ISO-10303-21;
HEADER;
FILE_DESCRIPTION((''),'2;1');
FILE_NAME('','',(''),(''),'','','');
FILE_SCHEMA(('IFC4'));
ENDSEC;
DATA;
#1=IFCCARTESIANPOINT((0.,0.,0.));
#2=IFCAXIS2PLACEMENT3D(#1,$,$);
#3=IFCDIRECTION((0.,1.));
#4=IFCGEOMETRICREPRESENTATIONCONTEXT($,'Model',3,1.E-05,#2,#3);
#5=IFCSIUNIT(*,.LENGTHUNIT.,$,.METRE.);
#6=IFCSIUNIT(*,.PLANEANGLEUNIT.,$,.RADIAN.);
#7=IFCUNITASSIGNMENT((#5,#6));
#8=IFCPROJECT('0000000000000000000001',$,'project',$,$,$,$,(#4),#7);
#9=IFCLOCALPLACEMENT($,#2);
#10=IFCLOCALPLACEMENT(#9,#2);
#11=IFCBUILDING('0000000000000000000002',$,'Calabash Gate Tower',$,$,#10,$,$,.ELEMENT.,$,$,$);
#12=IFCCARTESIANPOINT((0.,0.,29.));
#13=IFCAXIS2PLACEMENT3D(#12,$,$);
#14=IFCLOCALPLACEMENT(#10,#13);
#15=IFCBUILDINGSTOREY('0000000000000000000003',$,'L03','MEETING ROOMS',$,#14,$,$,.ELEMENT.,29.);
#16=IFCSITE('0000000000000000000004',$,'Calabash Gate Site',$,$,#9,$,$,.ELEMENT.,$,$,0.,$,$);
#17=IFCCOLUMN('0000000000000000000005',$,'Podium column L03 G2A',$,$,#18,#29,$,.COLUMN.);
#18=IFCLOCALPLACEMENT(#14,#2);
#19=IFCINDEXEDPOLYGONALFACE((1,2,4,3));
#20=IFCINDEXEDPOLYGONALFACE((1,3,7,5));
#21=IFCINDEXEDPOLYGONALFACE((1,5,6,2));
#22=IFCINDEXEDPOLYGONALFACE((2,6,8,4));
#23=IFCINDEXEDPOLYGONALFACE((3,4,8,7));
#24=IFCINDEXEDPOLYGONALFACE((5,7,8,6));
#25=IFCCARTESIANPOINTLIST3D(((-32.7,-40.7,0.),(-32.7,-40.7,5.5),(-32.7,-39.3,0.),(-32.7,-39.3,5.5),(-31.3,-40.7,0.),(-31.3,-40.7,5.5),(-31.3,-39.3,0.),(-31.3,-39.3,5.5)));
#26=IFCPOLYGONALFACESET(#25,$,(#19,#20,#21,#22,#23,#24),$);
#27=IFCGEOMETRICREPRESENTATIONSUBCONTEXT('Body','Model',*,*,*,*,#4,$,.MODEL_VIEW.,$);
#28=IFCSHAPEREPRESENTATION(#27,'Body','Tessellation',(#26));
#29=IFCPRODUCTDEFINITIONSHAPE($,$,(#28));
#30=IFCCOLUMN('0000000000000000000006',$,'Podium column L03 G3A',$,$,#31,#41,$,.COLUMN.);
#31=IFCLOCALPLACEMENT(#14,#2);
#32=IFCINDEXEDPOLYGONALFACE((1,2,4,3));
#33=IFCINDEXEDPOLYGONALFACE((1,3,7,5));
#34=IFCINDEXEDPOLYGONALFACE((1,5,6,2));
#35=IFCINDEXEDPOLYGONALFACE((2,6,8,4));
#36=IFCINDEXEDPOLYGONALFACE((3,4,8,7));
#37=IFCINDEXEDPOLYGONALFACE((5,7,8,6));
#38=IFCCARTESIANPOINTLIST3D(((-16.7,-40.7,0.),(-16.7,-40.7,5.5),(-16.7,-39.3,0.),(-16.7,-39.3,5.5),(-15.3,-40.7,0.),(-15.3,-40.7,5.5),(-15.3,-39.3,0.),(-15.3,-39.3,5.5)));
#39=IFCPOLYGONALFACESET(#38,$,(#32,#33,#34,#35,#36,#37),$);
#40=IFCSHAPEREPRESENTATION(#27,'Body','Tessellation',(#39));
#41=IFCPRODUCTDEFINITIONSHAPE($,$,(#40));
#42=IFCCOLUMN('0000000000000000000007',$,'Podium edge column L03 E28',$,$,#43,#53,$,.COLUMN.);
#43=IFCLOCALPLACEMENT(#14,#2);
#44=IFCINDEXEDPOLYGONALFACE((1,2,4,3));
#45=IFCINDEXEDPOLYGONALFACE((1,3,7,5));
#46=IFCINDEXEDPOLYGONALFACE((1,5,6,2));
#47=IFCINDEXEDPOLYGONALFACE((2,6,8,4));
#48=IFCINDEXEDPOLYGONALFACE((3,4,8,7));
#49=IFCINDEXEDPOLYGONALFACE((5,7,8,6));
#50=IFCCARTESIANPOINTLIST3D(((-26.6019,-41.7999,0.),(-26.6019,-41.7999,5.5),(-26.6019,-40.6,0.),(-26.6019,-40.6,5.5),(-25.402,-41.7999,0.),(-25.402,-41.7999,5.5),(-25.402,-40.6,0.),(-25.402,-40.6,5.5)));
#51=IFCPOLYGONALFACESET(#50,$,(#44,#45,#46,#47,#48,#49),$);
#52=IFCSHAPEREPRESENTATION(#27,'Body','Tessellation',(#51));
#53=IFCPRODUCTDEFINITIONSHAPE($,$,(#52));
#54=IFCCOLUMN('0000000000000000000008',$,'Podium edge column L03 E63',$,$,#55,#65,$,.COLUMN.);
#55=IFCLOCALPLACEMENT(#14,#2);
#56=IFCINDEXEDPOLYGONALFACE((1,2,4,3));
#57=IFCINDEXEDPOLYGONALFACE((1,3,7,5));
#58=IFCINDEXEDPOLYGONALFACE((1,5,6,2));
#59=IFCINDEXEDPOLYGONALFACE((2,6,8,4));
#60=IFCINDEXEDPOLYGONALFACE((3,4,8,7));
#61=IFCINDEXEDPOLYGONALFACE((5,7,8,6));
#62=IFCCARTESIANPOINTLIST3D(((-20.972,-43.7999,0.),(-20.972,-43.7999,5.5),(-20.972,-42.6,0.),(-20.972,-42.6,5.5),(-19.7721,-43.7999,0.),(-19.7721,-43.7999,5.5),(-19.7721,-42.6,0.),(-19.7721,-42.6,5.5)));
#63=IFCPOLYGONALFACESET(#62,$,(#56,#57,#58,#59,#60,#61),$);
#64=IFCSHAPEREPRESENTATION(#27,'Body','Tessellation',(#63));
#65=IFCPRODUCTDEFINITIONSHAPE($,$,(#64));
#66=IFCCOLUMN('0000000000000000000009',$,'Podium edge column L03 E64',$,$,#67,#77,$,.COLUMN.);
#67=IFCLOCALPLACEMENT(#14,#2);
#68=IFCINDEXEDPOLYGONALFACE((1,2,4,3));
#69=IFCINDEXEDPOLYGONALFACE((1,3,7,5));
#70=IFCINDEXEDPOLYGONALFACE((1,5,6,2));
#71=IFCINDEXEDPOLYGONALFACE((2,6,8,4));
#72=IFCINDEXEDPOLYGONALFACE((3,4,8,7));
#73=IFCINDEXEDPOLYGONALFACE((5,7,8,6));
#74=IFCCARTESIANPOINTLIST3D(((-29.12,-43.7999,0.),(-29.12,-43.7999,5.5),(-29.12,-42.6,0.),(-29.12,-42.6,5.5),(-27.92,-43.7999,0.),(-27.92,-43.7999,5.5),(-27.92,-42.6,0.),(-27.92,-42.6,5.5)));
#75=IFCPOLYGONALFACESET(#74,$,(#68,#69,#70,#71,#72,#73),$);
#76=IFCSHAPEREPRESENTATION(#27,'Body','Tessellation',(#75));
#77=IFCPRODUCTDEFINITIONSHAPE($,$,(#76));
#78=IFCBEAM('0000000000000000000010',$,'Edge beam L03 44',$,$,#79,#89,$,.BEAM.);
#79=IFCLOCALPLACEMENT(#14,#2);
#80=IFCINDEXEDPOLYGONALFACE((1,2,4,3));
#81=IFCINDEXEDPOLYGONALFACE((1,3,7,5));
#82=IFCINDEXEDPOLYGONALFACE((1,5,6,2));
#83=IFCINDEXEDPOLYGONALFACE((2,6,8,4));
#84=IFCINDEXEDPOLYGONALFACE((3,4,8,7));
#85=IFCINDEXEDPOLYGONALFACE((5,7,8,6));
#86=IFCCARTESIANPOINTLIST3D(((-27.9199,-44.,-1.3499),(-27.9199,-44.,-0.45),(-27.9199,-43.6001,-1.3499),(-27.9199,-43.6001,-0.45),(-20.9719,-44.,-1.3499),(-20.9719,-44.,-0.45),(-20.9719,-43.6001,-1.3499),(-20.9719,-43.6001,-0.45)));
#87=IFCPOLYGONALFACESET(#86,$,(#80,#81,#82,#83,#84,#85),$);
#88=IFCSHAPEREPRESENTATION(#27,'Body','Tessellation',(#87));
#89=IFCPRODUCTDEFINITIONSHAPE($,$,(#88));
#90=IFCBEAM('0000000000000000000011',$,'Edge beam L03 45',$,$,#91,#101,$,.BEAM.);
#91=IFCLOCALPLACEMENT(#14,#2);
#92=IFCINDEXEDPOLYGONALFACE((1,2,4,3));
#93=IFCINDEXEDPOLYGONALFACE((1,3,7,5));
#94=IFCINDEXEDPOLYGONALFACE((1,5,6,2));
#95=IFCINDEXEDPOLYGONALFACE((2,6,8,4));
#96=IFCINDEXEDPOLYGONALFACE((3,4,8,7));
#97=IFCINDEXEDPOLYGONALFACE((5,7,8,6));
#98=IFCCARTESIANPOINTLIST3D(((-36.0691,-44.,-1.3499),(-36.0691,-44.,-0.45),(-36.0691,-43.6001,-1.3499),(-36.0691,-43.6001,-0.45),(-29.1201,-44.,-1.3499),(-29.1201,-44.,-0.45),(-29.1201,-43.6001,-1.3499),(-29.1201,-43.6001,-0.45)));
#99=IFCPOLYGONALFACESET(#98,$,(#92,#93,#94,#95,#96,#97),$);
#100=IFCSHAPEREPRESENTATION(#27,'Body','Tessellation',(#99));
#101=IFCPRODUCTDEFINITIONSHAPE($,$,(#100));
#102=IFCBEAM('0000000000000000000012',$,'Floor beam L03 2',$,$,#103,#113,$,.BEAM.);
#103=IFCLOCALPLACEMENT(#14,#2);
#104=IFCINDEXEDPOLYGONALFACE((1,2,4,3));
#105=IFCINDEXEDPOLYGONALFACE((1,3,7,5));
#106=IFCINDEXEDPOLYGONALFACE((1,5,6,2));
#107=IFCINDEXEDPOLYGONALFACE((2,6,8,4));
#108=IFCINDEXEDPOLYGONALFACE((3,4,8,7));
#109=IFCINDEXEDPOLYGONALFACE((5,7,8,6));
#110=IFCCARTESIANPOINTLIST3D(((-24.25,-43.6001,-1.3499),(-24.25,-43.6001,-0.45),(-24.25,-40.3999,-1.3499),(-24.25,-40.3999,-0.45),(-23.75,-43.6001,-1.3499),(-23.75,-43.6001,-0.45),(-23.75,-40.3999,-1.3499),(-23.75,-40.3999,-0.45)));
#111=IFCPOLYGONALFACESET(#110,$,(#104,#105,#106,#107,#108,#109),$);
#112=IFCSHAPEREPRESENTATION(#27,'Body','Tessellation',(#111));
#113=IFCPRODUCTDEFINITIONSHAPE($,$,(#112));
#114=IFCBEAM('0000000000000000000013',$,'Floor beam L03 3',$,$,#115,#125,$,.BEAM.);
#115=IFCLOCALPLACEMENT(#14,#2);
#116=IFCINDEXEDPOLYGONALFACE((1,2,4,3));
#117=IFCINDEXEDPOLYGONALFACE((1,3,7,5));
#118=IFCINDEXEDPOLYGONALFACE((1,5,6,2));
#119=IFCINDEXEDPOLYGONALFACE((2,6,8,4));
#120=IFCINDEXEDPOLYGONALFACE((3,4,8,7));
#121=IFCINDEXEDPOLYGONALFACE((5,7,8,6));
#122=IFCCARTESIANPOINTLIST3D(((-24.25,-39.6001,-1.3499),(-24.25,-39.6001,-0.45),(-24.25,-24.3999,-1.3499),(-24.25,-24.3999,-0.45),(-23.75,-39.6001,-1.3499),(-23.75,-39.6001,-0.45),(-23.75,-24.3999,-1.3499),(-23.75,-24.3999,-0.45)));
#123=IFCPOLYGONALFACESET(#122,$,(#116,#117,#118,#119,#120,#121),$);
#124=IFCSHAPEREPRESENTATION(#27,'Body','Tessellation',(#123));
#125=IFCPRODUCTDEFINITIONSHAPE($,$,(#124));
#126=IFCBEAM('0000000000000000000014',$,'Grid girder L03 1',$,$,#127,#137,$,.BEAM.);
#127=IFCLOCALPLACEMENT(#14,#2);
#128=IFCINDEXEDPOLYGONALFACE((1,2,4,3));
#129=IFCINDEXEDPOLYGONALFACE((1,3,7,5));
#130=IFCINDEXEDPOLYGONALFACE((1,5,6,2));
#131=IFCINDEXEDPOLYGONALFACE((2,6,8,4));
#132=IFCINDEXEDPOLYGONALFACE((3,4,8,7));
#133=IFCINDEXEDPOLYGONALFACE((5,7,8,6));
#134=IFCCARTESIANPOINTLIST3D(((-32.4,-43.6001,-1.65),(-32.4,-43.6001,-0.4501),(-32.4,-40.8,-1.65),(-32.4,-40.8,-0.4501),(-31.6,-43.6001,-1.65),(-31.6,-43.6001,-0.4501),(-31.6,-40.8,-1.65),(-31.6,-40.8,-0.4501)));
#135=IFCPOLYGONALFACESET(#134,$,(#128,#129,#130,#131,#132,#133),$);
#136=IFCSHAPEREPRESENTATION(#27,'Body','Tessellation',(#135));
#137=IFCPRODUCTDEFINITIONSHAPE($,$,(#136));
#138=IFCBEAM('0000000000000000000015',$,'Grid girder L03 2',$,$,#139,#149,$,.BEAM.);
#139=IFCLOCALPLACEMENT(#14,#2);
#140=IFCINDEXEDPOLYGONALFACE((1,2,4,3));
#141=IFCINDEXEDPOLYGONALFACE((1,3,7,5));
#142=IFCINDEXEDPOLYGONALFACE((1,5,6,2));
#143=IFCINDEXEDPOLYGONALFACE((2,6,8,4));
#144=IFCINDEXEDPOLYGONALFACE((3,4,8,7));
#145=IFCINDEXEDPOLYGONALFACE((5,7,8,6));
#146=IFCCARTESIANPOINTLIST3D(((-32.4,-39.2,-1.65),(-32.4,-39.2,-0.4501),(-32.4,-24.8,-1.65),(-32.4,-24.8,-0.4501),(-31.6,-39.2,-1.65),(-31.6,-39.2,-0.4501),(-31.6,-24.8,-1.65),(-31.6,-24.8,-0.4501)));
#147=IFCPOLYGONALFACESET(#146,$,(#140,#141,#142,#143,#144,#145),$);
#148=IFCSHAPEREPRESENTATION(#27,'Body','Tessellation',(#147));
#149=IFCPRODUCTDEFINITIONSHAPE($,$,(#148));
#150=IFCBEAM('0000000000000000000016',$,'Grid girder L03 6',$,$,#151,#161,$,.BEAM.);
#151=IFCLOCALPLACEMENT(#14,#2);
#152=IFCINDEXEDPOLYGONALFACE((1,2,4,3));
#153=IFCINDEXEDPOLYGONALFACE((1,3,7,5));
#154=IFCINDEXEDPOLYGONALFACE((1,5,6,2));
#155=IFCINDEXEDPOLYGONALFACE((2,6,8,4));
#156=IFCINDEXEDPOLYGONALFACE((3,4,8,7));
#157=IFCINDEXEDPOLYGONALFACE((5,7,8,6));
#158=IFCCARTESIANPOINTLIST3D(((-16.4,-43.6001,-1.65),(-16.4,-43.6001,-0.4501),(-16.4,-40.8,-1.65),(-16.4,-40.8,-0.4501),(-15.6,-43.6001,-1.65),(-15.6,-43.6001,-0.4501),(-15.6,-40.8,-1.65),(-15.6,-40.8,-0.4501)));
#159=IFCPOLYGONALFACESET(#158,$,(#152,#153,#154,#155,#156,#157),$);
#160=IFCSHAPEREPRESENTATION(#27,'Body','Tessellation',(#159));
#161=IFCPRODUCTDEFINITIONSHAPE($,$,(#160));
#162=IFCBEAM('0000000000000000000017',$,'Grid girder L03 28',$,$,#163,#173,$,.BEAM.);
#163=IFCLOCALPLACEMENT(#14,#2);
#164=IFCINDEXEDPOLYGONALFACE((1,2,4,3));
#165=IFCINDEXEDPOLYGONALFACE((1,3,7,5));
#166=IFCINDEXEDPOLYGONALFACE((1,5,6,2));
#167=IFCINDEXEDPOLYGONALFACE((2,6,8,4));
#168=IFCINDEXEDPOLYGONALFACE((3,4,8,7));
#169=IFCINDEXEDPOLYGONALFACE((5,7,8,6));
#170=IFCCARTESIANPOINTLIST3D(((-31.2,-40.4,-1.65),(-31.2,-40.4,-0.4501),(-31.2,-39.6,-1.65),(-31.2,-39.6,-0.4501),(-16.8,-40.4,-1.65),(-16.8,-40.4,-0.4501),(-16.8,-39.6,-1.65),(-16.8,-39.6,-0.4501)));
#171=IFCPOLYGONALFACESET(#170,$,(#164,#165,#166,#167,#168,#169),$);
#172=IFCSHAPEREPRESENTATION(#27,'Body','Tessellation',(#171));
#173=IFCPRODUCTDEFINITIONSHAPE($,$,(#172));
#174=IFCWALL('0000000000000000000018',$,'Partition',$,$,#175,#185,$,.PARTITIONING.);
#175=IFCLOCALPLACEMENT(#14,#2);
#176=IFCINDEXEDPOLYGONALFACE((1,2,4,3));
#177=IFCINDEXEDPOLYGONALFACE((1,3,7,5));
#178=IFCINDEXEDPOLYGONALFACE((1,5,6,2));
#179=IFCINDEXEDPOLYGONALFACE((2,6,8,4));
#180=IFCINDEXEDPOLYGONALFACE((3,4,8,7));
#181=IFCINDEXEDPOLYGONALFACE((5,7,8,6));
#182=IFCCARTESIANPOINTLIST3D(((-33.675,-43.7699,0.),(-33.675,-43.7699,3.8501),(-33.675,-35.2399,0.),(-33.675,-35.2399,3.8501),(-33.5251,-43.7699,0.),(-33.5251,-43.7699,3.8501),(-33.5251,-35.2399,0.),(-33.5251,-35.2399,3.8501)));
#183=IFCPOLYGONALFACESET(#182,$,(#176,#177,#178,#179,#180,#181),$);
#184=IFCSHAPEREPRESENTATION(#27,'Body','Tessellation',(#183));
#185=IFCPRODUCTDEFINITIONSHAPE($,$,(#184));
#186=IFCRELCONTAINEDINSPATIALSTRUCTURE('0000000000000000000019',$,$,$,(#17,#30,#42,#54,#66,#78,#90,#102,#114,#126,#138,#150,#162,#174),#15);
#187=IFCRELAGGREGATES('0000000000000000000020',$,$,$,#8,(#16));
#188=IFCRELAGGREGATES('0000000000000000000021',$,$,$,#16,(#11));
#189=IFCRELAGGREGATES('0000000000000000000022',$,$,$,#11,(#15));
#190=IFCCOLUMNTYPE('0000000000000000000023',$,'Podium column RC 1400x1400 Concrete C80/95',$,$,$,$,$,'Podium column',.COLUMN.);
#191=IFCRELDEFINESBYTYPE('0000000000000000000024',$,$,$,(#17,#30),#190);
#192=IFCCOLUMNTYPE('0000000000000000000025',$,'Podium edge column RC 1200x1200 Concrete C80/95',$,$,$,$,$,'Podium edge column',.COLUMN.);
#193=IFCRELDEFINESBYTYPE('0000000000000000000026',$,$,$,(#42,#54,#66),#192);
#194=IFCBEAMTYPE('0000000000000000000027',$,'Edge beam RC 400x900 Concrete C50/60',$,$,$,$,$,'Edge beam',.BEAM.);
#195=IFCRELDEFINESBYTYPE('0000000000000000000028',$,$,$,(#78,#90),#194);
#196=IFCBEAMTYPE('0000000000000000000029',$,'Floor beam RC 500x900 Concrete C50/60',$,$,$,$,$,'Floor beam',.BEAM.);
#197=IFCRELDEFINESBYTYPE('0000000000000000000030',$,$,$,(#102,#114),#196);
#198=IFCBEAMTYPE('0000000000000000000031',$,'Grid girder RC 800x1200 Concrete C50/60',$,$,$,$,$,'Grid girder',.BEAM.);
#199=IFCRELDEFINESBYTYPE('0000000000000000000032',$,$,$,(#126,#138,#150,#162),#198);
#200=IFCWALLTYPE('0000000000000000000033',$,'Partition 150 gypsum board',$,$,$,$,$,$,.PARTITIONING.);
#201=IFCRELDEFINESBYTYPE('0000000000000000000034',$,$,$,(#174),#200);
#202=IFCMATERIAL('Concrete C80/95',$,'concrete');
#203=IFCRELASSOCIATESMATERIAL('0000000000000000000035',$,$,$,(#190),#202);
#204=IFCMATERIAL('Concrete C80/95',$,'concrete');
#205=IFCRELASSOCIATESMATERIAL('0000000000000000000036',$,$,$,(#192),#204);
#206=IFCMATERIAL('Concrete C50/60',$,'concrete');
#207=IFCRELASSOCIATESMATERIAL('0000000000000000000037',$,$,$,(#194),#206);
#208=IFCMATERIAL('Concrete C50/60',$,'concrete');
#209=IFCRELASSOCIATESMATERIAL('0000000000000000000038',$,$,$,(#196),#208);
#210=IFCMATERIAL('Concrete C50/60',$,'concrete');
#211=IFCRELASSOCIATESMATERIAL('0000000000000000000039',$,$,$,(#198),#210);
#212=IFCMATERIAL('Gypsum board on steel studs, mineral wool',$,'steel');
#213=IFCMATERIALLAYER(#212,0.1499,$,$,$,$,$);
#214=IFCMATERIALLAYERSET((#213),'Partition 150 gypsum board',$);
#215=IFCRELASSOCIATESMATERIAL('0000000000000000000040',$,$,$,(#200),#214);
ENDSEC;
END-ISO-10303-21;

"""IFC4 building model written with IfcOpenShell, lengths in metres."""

from ifc_helpers import new_model, si_unit, direction, frame, frame_2d, origin, origin_2d, place, context, subcontext, project, spatial, rectangle, extrude, material, layer, layer_set, material_profile, profile_set, type_object, element, save


model = new_model("IFC4")

# Units and contexts
model_context = context("Model", 3, precision=1e-05, world=origin(), true_north=direction((0.0, 1.0)))
body_context = subcontext(model_context, "Body", "Model", "MODEL_VIEW")
ifc_project = project(units=[si_unit("LENGTHUNIT", "METRE"), si_unit("PLANEANGLEUNIT", "RADIAN")], contexts=[model_context])

# Site, building, storey
site_placement = place(None, origin())
site = spatial("IfcSite", under=ifc_project, at=site_placement, Name="Calabash Gate Site", CompositionType="ELEMENT", RefElevation=0.0)
building_placement = place(site_placement, origin())
building = spatial("IfcBuilding", under=site, at=building_placement, Name="Calabash Gate Tower", CompositionType="ELEMENT")
storey_placement = place(building_placement, frame((0.0, 0.0, 29.0)))
storey = spatial("IfcBuildingStorey", under=building, at=storey_placement, Name="L03", Description="MEETING ROOMS", CompositionType="ELEMENT", Elevation=29.0)

# Columns
ifc_material_1 = material(Name="Concrete C80/95", Category="concrete")
ifc_material_profile_1 = material_profile(ifc_material_1, rectangle(XDim=1.3999, YDim=1.3999, at=origin_2d()))
ifc_profile_set_1 = profile_set([ifc_material_profile_1], Name="Concrete C80/95")
column_type_1 = type_object("IfcColumnType", Name="Podium column RC 1400x1400 Concrete C80/95", ElementType="Podium column", PredefinedType="COLUMN", material=ifc_profile_set_1)
for number, where, z_axis, x_axis, name in (
    (1, (-32.0, -40.0, 0.0), (0.0, 0.0, 1.0), (1.0, 0.0, 0.0), "Podium column L03 G2A"),
    (2, (-16.0, -40.0, 0.0), (0.0, 0.0, 1.0), (1.0, 0.0, 0.0), "Podium column L03 G3A"),
):
    element("IfcColumn", number, at=place(storey_placement, frame(where, z_axis=z_axis, x_axis=x_axis)), inside=storey, type_object=column_type_1, Name=name, PredefinedType="COLUMN", context=body_context, shape_type="SweptSolid", body=[
        extrude(rectangle(XDim=1.3999, YDim=1.3999, at=origin_2d()), origin(), (0.0, 0.0, 1.0), 5.5),
    ])
ifc_material_2 = material(Name="Concrete C80/95", Category="concrete")
ifc_material_profile_2 = material_profile(ifc_material_2, rectangle(XDim=1.2, YDim=1.2, at=origin_2d()))
ifc_profile_set_2 = profile_set([ifc_material_profile_2], Name="Concrete C80/95")
column_type_2 = type_object("IfcColumnType", Name="Podium edge column RC 1200x1200 Concrete C80/95", ElementType="Podium edge column", PredefinedType="COLUMN", material=ifc_profile_set_2)
for number, where, z_axis, x_axis, name in (
    (3, (-26.002, -41.2, 0.0), (0.0, 0.0, 1.0), (1.0, 0.0, 0.0), "Podium edge column L03 E28"),
    (4, (-20.3721, -43.2, 0.0), (0.0, 0.0, 1.0), (1.0, 0.0, 0.0), "Podium edge column L03 E63"),
    (5, (-28.52, -43.2, 0.0), (0.0, 0.0, 1.0), (1.0, 0.0, 0.0), "Podium edge column L03 E64"),
):
    element("IfcColumn", number, at=place(storey_placement, frame(where, z_axis=z_axis, x_axis=x_axis)), inside=storey, type_object=column_type_2, Name=name, PredefinedType="COLUMN", context=body_context, shape_type="SweptSolid", body=[
        extrude(rectangle(XDim=1.2, YDim=1.2, at=origin_2d()), origin(), (0.0, 0.0, 1.0), 5.5),
    ])

# Beams
ifc_material_3 = material(Name="Concrete C50/60", Category="concrete")
ifc_material_profile_3 = material_profile(ifc_material_3, rectangle(XDim=0.3999, YDim=0.8999, at=origin_2d()))
ifc_profile_set_3 = profile_set([ifc_material_profile_3], Name="Concrete C50/60")
beam_type_1 = type_object("IfcBeamType", Name="Edge beam RC 400x900 Concrete C50/60", ElementType="Edge beam", PredefinedType="BEAM", material=ifc_profile_set_3)
beam_1_placement = place(storey_placement, frame((-20.9719, -43.8, -0.8999), z_axis=(-1.0, 0.0, 0.0), x_axis=(0.0, -1.0, 0.0)))
element("IfcBeam", 6, at=beam_1_placement, inside=storey, type_object=beam_type_1, Name="Edge beam L03 44", PredefinedType="BEAM", context=body_context, shape_type="SweptSolid", body=[
    extrude(rectangle(XDim=0.3999, YDim=0.8999, at=origin_2d()), origin(), (0.0, 0.0, 1.0), 6.948),
])
beam_2_placement = place(storey_placement, frame((-29.1201, -43.8, -0.8999), z_axis=(-1.0, 0.0, 0.0), x_axis=(0.0, -1.0, 0.0)))
element("IfcBeam", 7, at=beam_2_placement, inside=storey, type_object=beam_type_1, Name="Edge beam L03 45", PredefinedType="BEAM", context=body_context, shape_type="SweptSolid", body=[
    extrude(rectangle(XDim=0.3999, YDim=0.8999, at=origin_2d()), origin(), (0.0, 0.0, 1.0), 6.949),
])
ifc_material_4 = material(Name="Concrete C50/60", Category="concrete")
ifc_material_profile_4 = material_profile(ifc_material_4, rectangle(XDim=0.5, YDim=0.8999, at=origin_2d()))
ifc_profile_set_4 = profile_set([ifc_material_profile_4], Name="Concrete C50/60")
beam_type_2 = type_object("IfcBeamType", Name="Floor beam RC 500x900 Concrete C50/60", ElementType="Floor beam", PredefinedType="BEAM", material=ifc_profile_set_4)
beam_3_placement = place(storey_placement, frame((-24.0, -43.6001, -0.8999), z_axis=(0.0, 1.0, 0.0), x_axis=(-1.0, 0.0, 0.0)))
element("IfcBeam", 8, at=beam_3_placement, inside=storey, type_object=beam_type_2, Name="Floor beam L03 2", PredefinedType="BEAM", context=body_context, shape_type="SweptSolid", body=[
    extrude(rectangle(XDim=0.5, YDim=0.8999, at=origin_2d()), origin(), (0.0, 0.0, 1.0), 3.2002),
])
beam_4_placement = place(storey_placement, frame((-24.0, -39.6001, -0.8999), z_axis=(0.0, 1.0, 0.0), x_axis=(-1.0, 0.0, 0.0)))
element("IfcBeam", 9, at=beam_4_placement, inside=storey, type_object=beam_type_2, Name="Floor beam L03 3", PredefinedType="BEAM", context=body_context, shape_type="SweptSolid", body=[
    extrude(rectangle(XDim=0.5, YDim=0.8999, at=origin_2d()), origin(), (0.0, 0.0, 1.0), 15.2002),
])
ifc_material_5 = material(Name="Concrete C50/60", Category="concrete")
ifc_material_profile_5 = material_profile(ifc_material_5, rectangle(XDim=0.8, YDim=1.2, at=origin_2d()))
ifc_profile_set_5 = profile_set([ifc_material_profile_5], Name="Concrete C50/60")
beam_type_3 = type_object("IfcBeamType", Name="Grid girder RC 800x1200 Concrete C50/60", ElementType="Grid girder", PredefinedType="BEAM", material=ifc_profile_set_5)
beam_5_placement = place(storey_placement, frame((-32.0, -43.6001, -1.05), z_axis=(0.0, 1.0, 0.0), x_axis=(-1.0, 0.0, 0.0)))
element("IfcBeam", 10, at=beam_5_placement, inside=storey, type_object=beam_type_3, Name="Grid girder L03 1", PredefinedType="BEAM", context=body_context, shape_type="SweptSolid", body=[
    extrude(rectangle(XDim=0.8, YDim=1.2, at=origin_2d()), origin(), (0.0, 0.0, 1.0), 2.8),
])
beam_6_placement = place(storey_placement, frame((-32.0, -39.2, -1.05), z_axis=(0.0, 1.0, 0.0), x_axis=(-1.0, 0.0, 0.0)))
element("IfcBeam", 11, at=beam_6_placement, inside=storey, type_object=beam_type_3, Name="Grid girder L03 2", PredefinedType="BEAM", context=body_context, shape_type="SweptSolid", body=[
    extrude(rectangle(XDim=0.8, YDim=1.2, at=origin_2d()), origin(), (0.0, 0.0, 1.0), 14.3999),
])
beam_7_placement = place(storey_placement, frame((-16.0, -43.6001, -1.05), z_axis=(0.0, 1.0, 0.0), x_axis=(-1.0, 0.0, 0.0)))
element("IfcBeam", 12, at=beam_7_placement, inside=storey, type_object=beam_type_3, Name="Grid girder L03 6", PredefinedType="BEAM", context=body_context, shape_type="SweptSolid", body=[
    extrude(rectangle(XDim=0.8, YDim=1.2, at=origin_2d()), origin(), (0.0, 0.0, 1.0), 2.8),
])
beam_8_placement = place(storey_placement, frame((-31.2, -40.0, -1.05), z_axis=(1.0, 0.0, 0.0), x_axis=(0.0, 1.0, 0.0)))
element("IfcBeam", 13, at=beam_8_placement, inside=storey, type_object=beam_type_3, Name="Grid girder L03 28", PredefinedType="BEAM", context=body_context, shape_type="SweptSolid", body=[
    extrude(rectangle(XDim=0.8, YDim=1.2, at=origin_2d()), origin(), (0.0, 0.0, 1.0), 14.3999),
])

# Wall
ifc_material_6 = material(Name="Gypsum board on steel studs, mineral wool", Category="steel")
ifc_layer_1 = layer(ifc_material_6, 0.1499)
ifc_layer_set_1 = layer_set([ifc_layer_1], Name="Partition 150 gypsum board")
wall_type_1 = type_object("IfcWallType", Name="Partition 150 gypsum board", PredefinedType="PARTITIONING", material=ifc_layer_set_1)
wall_1_placement = place(storey_placement, frame((-33.6001, -43.77, 0.0), z_axis=(0.0, 0.0, 1.0), x_axis=(0.0, 1.0, 0.0)))
element("IfcWall", 14, at=wall_1_placement, inside=storey, type_object=wall_type_1, Name="Partition", PredefinedType="PARTITIONING", context=body_context, shape_type="SweptSolid", body=[
    extrude(rectangle(XDim=8.53, YDim=0.1499, at=frame_2d((4.2651, 0.0))), origin(), (0.0, 0.0, 1.0), 3.8501),
])

save(model, "model.ifc")
